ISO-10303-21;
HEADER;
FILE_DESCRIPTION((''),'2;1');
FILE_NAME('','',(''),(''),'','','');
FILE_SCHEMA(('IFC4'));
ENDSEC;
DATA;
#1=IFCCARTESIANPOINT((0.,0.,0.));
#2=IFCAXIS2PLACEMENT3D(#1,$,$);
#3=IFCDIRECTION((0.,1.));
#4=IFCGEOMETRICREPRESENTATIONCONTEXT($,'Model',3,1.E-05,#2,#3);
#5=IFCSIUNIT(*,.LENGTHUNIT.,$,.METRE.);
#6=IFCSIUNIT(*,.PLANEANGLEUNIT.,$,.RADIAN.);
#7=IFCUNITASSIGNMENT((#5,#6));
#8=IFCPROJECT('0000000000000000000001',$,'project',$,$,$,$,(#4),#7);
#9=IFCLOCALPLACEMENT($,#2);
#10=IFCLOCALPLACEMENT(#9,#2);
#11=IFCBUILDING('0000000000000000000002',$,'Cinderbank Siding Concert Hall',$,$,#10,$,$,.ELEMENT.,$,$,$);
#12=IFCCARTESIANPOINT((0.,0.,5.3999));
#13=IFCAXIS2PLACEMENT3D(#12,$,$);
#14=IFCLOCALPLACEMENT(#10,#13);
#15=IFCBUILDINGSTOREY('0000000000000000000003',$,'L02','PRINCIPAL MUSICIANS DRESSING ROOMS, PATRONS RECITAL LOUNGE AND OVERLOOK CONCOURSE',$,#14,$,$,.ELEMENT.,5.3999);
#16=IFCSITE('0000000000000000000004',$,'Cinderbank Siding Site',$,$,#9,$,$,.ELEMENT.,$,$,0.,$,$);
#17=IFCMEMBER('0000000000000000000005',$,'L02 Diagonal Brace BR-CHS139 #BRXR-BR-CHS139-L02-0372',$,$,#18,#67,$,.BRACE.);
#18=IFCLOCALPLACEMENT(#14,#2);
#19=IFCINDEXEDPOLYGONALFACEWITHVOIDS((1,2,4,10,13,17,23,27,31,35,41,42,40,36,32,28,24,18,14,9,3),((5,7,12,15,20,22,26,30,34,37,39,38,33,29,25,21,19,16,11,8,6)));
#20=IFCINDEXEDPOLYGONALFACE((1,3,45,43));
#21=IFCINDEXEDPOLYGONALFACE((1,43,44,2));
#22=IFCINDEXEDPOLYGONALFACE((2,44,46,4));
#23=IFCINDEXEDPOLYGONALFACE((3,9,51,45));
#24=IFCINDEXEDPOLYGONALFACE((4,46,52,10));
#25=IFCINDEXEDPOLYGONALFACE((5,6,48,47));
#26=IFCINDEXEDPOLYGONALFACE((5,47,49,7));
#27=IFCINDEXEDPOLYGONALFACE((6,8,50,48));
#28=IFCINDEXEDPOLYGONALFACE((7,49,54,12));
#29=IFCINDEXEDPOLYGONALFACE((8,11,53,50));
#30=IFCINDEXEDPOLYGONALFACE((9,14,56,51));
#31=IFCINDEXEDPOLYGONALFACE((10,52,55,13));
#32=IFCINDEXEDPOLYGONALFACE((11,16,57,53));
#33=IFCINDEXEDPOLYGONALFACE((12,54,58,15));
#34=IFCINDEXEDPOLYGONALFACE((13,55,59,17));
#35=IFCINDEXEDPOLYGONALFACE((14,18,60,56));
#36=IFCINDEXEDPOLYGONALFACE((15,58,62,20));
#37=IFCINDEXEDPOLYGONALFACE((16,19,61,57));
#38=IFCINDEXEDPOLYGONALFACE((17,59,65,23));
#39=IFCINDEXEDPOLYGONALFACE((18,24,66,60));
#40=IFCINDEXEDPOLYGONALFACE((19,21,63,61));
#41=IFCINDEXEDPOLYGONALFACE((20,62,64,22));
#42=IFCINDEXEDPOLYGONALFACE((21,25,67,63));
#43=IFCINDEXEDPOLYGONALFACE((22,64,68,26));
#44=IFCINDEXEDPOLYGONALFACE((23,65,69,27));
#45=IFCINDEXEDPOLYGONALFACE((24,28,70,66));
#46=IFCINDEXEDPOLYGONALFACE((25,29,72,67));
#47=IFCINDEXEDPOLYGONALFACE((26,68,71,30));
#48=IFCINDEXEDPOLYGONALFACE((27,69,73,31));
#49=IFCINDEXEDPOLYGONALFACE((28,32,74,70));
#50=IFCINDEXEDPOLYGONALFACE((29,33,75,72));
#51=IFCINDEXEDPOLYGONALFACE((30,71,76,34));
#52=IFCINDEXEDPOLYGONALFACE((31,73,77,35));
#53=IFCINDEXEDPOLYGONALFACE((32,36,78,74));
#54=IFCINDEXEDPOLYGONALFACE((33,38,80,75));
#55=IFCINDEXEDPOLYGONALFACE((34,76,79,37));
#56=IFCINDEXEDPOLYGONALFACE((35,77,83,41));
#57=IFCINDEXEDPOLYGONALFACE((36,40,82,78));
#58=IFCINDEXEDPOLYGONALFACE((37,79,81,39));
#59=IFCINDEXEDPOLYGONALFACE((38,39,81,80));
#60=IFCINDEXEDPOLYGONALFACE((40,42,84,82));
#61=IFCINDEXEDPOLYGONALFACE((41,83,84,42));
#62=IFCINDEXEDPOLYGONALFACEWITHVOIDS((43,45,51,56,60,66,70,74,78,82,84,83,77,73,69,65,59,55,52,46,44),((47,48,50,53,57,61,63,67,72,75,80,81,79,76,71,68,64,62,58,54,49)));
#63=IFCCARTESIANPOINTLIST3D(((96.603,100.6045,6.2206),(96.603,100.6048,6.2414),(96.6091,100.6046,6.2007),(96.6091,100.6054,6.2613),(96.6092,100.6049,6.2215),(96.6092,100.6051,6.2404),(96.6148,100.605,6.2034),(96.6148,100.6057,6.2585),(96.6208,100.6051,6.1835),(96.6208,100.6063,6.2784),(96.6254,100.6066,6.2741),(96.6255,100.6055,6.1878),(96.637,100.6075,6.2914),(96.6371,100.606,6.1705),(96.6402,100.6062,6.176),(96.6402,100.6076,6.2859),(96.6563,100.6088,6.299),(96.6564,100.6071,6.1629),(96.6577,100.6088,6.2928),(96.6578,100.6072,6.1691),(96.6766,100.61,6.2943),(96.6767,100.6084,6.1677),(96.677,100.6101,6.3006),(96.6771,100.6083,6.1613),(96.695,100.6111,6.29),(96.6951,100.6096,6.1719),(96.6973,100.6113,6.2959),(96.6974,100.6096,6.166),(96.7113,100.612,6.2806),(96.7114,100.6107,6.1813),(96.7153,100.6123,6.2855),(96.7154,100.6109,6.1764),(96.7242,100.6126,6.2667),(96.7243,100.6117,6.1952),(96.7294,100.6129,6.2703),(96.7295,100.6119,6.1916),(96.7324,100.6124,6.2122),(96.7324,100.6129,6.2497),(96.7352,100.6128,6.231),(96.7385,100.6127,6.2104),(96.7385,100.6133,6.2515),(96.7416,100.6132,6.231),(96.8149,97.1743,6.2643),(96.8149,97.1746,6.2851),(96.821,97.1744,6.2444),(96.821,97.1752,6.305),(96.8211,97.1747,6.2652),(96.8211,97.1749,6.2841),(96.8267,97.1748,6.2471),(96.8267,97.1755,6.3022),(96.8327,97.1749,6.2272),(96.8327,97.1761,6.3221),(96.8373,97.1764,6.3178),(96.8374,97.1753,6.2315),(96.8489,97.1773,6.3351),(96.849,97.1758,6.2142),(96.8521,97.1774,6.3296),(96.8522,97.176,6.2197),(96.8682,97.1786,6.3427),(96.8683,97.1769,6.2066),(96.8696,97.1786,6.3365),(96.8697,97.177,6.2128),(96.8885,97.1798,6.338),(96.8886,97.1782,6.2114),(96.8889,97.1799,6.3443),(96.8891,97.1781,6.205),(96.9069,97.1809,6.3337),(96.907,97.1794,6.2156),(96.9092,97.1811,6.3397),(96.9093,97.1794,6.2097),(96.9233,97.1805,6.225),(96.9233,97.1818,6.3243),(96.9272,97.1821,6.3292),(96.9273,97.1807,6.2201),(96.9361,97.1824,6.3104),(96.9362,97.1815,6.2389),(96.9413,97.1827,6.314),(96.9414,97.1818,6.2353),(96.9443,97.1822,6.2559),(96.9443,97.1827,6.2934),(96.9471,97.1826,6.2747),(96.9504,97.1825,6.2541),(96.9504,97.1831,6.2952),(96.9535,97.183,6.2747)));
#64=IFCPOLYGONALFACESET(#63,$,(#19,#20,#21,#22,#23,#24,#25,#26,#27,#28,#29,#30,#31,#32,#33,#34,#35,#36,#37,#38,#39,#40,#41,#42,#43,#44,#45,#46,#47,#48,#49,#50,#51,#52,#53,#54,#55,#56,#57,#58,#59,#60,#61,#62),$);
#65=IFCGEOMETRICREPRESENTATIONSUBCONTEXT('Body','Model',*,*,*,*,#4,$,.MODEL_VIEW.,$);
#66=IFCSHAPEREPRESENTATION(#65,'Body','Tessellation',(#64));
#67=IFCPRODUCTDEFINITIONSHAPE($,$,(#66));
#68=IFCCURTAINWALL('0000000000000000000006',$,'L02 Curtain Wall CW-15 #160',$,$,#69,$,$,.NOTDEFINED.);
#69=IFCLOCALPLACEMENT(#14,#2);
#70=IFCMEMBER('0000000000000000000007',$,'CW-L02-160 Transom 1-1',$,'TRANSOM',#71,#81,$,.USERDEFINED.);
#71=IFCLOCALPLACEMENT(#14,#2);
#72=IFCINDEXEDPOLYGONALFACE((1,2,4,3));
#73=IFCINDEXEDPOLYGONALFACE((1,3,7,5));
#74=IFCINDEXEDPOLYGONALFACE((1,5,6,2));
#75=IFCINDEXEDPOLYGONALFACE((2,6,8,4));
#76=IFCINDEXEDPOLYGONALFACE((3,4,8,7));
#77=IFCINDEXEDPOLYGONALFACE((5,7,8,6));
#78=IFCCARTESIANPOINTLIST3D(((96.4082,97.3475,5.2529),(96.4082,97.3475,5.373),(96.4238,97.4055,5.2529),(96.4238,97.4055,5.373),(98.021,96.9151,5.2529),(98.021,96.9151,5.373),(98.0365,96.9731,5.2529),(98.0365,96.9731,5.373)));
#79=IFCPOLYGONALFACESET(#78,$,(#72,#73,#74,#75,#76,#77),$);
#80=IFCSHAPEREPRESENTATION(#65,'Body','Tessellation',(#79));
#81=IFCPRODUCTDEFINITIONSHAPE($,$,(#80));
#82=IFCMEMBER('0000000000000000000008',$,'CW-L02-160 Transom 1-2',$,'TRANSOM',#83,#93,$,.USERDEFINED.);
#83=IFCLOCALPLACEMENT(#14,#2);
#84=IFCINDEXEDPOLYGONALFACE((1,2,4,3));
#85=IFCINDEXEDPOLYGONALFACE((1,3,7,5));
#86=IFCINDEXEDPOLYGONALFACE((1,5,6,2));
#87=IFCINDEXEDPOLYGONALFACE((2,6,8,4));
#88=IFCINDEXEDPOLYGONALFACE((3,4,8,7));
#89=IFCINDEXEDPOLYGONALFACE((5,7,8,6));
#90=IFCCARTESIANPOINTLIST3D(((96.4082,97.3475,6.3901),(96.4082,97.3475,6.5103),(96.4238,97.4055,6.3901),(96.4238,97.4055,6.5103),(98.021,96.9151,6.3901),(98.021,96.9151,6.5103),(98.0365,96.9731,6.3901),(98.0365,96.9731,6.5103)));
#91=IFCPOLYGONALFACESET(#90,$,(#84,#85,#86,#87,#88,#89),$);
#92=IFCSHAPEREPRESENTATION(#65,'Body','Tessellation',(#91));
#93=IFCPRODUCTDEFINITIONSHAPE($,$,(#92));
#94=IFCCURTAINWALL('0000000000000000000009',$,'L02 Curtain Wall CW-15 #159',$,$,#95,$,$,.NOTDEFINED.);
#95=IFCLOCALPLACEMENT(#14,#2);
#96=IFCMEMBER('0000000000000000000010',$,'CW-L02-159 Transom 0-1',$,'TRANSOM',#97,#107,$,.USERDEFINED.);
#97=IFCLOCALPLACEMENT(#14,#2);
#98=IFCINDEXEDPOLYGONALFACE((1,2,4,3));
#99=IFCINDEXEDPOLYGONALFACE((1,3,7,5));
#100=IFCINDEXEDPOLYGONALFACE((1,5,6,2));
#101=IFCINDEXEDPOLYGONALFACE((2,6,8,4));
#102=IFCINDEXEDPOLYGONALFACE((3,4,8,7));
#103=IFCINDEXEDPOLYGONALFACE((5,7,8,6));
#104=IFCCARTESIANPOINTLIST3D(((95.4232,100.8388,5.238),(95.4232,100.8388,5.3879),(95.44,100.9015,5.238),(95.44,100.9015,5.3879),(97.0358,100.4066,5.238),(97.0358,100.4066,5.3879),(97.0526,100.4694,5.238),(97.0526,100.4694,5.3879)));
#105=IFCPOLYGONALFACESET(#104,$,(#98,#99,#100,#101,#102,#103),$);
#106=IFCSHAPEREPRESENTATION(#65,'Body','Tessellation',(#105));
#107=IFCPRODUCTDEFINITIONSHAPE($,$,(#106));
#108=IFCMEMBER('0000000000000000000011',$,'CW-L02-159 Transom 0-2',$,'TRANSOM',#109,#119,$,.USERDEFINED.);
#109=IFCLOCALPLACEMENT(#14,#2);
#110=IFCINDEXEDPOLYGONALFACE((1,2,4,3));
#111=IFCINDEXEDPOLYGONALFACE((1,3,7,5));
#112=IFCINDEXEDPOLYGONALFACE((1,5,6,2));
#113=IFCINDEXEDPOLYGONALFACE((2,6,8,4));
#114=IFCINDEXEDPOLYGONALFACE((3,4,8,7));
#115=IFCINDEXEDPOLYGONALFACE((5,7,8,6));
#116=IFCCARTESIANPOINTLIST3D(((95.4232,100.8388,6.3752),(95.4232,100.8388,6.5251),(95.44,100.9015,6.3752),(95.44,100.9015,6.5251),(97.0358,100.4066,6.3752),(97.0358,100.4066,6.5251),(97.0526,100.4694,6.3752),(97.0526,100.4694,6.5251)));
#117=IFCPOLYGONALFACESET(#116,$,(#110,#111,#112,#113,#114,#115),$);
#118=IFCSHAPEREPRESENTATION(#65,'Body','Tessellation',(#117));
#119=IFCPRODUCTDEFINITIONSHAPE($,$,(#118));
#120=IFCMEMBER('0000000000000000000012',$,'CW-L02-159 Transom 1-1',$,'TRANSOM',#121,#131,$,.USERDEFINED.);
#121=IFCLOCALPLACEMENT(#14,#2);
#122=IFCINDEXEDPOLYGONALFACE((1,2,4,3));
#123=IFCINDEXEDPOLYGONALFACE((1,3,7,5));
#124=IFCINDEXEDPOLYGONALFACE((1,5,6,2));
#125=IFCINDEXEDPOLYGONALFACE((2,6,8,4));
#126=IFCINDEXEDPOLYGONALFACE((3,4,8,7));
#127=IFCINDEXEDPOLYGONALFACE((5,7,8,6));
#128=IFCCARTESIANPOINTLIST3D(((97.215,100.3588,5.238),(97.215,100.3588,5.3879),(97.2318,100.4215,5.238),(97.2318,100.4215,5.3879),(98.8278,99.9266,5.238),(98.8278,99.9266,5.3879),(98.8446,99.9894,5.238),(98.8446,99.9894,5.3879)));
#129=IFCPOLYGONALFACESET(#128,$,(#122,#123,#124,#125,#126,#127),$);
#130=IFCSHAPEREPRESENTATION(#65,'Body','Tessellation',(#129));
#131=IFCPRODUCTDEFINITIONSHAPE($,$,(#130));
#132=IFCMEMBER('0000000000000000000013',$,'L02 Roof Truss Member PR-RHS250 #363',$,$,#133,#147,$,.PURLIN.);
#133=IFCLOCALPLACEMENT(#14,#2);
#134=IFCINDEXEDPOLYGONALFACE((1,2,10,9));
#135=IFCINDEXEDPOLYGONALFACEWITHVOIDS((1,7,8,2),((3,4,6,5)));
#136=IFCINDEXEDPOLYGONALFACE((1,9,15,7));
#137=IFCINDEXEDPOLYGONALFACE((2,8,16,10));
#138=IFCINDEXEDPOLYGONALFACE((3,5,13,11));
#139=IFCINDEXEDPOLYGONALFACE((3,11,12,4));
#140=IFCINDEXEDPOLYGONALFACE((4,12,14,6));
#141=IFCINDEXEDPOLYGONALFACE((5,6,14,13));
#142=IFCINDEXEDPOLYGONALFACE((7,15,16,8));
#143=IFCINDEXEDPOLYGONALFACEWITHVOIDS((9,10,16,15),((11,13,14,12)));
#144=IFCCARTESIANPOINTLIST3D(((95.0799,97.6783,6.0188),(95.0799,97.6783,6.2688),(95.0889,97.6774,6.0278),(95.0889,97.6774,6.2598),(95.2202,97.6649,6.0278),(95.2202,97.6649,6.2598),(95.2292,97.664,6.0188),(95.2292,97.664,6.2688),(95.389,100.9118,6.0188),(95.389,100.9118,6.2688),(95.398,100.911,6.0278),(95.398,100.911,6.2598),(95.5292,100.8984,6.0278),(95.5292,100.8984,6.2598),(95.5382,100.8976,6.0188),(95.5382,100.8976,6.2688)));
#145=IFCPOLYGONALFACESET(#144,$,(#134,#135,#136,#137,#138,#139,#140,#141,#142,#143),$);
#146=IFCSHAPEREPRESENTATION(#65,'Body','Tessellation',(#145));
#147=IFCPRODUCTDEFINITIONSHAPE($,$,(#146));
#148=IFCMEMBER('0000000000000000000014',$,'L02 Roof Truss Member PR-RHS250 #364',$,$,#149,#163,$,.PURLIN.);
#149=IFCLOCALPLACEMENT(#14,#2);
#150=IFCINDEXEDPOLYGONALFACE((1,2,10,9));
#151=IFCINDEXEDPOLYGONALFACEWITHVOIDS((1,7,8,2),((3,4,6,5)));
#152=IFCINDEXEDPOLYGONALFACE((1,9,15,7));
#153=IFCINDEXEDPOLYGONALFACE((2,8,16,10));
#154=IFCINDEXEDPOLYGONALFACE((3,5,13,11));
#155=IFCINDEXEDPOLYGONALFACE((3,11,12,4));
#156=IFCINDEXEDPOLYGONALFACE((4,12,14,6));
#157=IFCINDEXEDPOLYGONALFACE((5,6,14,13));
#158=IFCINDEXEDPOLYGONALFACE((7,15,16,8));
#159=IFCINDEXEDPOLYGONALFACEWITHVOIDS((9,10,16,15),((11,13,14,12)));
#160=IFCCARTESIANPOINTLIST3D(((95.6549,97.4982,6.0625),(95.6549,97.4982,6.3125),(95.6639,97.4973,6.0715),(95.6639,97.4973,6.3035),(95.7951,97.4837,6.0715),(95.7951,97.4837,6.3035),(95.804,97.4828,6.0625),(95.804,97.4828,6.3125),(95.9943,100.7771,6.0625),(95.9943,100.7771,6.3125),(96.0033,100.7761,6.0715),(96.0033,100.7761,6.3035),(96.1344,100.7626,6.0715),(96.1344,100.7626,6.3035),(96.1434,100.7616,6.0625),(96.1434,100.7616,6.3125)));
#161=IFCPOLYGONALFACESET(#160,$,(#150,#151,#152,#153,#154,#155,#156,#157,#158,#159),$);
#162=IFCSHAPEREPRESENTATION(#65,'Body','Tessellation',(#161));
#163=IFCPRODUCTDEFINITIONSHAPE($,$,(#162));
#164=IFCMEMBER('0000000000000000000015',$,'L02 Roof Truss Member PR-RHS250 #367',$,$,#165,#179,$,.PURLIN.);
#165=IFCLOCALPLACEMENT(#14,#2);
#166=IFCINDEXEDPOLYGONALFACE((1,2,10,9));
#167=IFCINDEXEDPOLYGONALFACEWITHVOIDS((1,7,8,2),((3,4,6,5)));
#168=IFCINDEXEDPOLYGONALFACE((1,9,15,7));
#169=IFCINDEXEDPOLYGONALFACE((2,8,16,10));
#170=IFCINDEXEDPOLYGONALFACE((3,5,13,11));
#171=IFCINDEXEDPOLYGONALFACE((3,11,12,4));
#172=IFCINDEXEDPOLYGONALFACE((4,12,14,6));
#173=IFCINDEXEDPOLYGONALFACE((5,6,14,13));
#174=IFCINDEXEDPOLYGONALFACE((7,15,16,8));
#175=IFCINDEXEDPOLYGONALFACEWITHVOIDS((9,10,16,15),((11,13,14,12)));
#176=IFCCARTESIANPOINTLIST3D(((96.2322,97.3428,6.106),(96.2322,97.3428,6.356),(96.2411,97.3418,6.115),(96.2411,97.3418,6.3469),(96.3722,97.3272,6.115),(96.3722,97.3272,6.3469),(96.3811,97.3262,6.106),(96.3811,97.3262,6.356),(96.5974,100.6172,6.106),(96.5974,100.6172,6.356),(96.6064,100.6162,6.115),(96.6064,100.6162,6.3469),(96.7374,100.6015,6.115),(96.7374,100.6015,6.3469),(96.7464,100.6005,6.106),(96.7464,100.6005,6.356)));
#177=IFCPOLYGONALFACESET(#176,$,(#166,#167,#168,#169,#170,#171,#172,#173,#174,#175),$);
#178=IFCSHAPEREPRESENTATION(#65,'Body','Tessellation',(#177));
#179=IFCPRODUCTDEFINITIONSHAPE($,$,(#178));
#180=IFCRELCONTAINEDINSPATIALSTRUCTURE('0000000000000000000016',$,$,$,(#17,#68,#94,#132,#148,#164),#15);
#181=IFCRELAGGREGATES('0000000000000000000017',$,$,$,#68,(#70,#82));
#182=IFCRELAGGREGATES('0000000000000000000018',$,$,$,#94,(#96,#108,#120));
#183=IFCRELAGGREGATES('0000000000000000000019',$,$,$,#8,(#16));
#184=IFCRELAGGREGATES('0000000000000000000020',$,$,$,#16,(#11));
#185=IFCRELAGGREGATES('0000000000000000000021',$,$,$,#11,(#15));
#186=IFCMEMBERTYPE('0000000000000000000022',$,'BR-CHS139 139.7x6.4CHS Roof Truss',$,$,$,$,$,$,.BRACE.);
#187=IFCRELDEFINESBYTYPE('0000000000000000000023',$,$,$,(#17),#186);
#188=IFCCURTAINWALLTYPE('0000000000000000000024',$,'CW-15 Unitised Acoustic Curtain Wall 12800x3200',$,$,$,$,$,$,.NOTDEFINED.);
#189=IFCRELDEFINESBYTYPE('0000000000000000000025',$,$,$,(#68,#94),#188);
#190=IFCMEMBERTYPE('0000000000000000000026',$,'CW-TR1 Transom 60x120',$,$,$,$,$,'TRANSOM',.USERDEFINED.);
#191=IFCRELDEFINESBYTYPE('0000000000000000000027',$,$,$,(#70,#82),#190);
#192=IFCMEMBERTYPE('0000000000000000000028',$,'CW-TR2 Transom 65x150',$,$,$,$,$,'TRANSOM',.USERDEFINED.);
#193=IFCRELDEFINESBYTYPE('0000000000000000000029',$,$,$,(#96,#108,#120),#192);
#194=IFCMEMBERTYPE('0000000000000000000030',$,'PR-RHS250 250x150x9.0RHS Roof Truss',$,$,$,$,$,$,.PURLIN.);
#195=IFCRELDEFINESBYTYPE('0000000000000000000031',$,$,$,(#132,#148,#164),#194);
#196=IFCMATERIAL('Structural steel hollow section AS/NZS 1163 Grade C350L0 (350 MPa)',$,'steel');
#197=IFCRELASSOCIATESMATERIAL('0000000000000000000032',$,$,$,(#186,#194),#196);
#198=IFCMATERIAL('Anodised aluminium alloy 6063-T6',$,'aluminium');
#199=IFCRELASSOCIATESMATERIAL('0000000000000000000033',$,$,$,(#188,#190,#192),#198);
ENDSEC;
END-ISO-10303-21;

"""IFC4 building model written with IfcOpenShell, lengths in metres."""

from ifc_helpers import new_model, si_unit, direction, frame, origin, origin_2d, place, context, subcontext, project, spatial, rectangle, hollow_rectangle, hollow_circle, extrude, material, material_profile, profile_set, type_object, element, aggregate, save


model = new_model("IFC4")

# Units and contexts
model_context = context("Model", 3, precision=1e-05, world=origin(), true_north=direction((0.0, 1.0)))
body_context = subcontext(model_context, "Body", "Model", "MODEL_VIEW")
ifc_project = project(units=[si_unit("LENGTHUNIT", "METRE"), si_unit("PLANEANGLEUNIT", "RADIAN")], contexts=[model_context])

# Site, building, storey
site_placement = place(None, origin())
site = spatial("IfcSite", under=ifc_project, at=site_placement, Name="Cinderbank Siding Site", CompositionType="ELEMENT", RefElevation=0.0)
building_placement = place(site_placement, origin())
building = spatial("IfcBuilding", under=site, at=building_placement, Name="Cinderbank Siding Concert Hall", CompositionType="ELEMENT")
storey_placement = place(building_placement, frame((0.0, 0.0, 5.3999)))
storey = spatial("IfcBuildingStorey", under=building, at=storey_placement, Name="L02", Description="PRINCIPAL MUSICIANS DRESSING ROOMS, PATRONS RECITAL LOUNGE AND OVERLOOK CONCOURSE", CompositionType="ELEMENT", Elevation=5.3999)

# Member
ifc_material_1 = material(Name="Structural steel hollow section AS/NZS 1163 Grade C350L0 (350 MPa)", Category="steel")
ifc_material_profile_1 = material_profile(ifc_material_1, hollow_circle(Radius=0.0698, WallThickness=0.0063, at=origin_2d()), Name="139.7x6.4CHS", Category="LoadBearing")
ifc_profile_set_1 = profile_set([ifc_material_profile_1], Name="Structural steel hollow section AS/NZS 1163 Grade C350L0 (350 MPa)")
member_type_1 = type_object("IfcMemberType", Name="BR-CHS139 139.7x6.4CHS Roof Truss", PredefinedType="BRACE", material=ifc_profile_set_1)
member_1_placement = place(storey_placement, frame((96.6719, 100.6089, 6.231), z_axis=(0.061657, -0.998016, 0.012715), x_axis=(0.998097, 0.061662, 0.0)))
element("IfcMember", 1, at=member_1_placement, inside=storey, type_object=member_type_1, Name="L02 Diagonal Brace BR-CHS139 #BRXR-BR-CHS139-L02-0372", PredefinedType="BRACE", context=body_context, shape_type="SweptSolid", body=[
    extrude(hollow_circle(Radius=0.0698, WallThickness=0.0063, at=origin_2d()), origin(), (0.0, 0.0, 1.0), 3.437),
])

# Curtain walls, members
ifc_material_2 = material(Name="Anodised aluminium alloy 6063-T6", Category="aluminium")
curtain_wall_type = type_object("IfcCurtainWallType", Name="CW-15 Unitised Acoustic Curtain Wall 12800x3200", PredefinedType="NOTDEFINED", material=ifc_material_2)
curtain_wall_1_placement = place(storey_placement, origin())
curtain_wall_1 = element("IfcCurtainWall", 2, at=curtain_wall_1_placement, inside=storey, type_object=curtain_wall_type, Name="L02 Curtain Wall CW-15 #160", PredefinedType="NOTDEFINED")
ifc_material_profile_2 = material_profile(ifc_material_2, rectangle(XDim=0.0601, YDim=0.1201, at=origin_2d()), Name="ALU-TRAN-60x120", Category="LoadBearing")
ifc_profile_set_2 = profile_set([ifc_material_profile_2], Name="Anodised aluminium alloy 6063-T6")
member_type_2 = type_object("IfcMemberType", Name="CW-TR1 Transom 60x120", ElementType="TRANSOM", PredefinedType="USERDEFINED", material=ifc_profile_set_2)
member_2_placement = place(storey_placement, frame((96.416, 97.3765, 5.313), z_axis=(0.965892, -0.258946, 0.0), x_axis=(0.258946, 0.965892, 0.0)))
member_2 = element("IfcMember", 3, at=member_2_placement, type_object=member_type_2, Name="CW-L02-160 Transom 1-1", ObjectType="TRANSOM", PredefinedType="USERDEFINED", context=body_context, shape_type="SweptSolid", body=[
    extrude(rectangle(XDim=0.0601, YDim=0.1201, at=origin_2d()), origin(), (0.0, 0.0, 1.0), 1.6697),
])
member_3_placement = place(storey_placement, frame((96.416, 97.3765, 6.4502), z_axis=(0.965892, -0.258946, 0.0), x_axis=(0.258946, 0.965892, 0.0)))
member_3 = element("IfcMember", 4, at=member_3_placement, type_object=member_type_2, Name="CW-L02-160 Transom 1-2", ObjectType="TRANSOM", PredefinedType="USERDEFINED", context=body_context, shape_type="SweptSolid", body=[
    extrude(rectangle(XDim=0.0601, YDim=0.1201, at=origin_2d()), origin(), (0.0, 0.0, 1.0), 1.6697),
])
curtain_wall_2_placement = place(storey_placement, origin())
curtain_wall_2 = element("IfcCurtainWall", 5, at=curtain_wall_2_placement, inside=storey, type_object=curtain_wall_type, Name="L02 Curtain Wall CW-15 #159", PredefinedType="NOTDEFINED")
ifc_material_profile_3 = material_profile(ifc_material_2, rectangle(XDim=0.0649, YDim=0.1499, at=origin_2d()), Name="ALU-TRAN-65x150", Category="LoadBearing")
ifc_profile_set_3 = profile_set([ifc_material_profile_3], Name="Anodised aluminium alloy 6063-T6")
member_type_3 = type_object("IfcMemberType", Name="CW-TR2 Transom 65x150", ElementType="TRANSOM", PredefinedType="USERDEFINED", material=ifc_profile_set_3)
member_4_placement = place(storey_placement, frame((95.4316, 100.8701, 5.313), z_axis=(0.965919, -0.258846, 0.0), x_axis=(0.258846, 0.965919, 0.0)))
member_4 = element("IfcMember", 6, at=member_4_placement, type_object=member_type_3, Name="CW-L02-159 Transom 0-1", ObjectType="TRANSOM", PredefinedType="USERDEFINED", context=body_context, shape_type="SweptSolid", body=[
    extrude(rectangle(XDim=0.0649, YDim=0.1499, at=origin_2d()), origin(), (0.0, 0.0, 1.0), 1.6694),
])
member_5_placement = place(storey_placement, frame((95.4316, 100.8701, 6.4502), z_axis=(0.965919, -0.258846, 0.0), x_axis=(0.258846, 0.965919, 0.0)))
member_5 = element("IfcMember", 7, at=member_5_placement, type_object=member_type_3, Name="CW-L02-159 Transom 0-2", ObjectType="TRANSOM", PredefinedType="USERDEFINED", context=body_context, shape_type="SweptSolid", body=[
    extrude(rectangle(XDim=0.0649, YDim=0.1499, at=origin_2d()), origin(), (0.0, 0.0, 1.0), 1.6694),
])
member_6_placement = place(storey_placement, frame((97.2234, 100.3901, 5.313), z_axis=(0.965928, -0.258809, 0.0), x_axis=(0.258809, 0.965928, 0.0)))
member_6 = element("IfcMember", 8, at=member_6_placement, type_object=member_type_3, Name="CW-L02-159 Transom 1-1", ObjectType="TRANSOM", PredefinedType="USERDEFINED", context=body_context, shape_type="SweptSolid", body=[
    extrude(rectangle(XDim=0.0649, YDim=0.1499, at=origin_2d()), origin(), (0.0, 0.0, 1.0), 1.6697),
])

# Members
ifc_material_profile_4 = material_profile(ifc_material_1, hollow_rectangle(XDim=0.1499, YDim=0.25, WallThickness=0.009, at=origin_2d()), Name="250x150x9.0RHS", Category="LoadBearing")
ifc_profile_set_4 = profile_set([ifc_material_profile_4], Name="Structural steel hollow section AS/NZS 1163 Grade C350L0 (350 MPa)")
member_type_4 = type_object("IfcMemberType", Name="PR-RHS250 250x150x9.0RHS Roof Truss", PredefinedType="PURLIN", material=ifc_profile_set_4)
member_7_placement = place(storey_placement, frame((95.1545, 97.6711, 6.1438), z_axis=(0.09515, 0.995463, 0.0), x_axis=(-0.995463, 0.09515, 0.0)))
element("IfcMember", 9, at=member_7_placement, inside=storey, type_object=member_type_4, Name="L02 Roof Truss Member PR-RHS250 #363", PredefinedType="PURLIN", context=body_context, shape_type="SweptSolid", body=[
    extrude(hollow_rectangle(XDim=0.1499, YDim=0.25, WallThickness=0.009, at=origin_2d()), origin(), (0.0, 0.0, 1.0), 3.2483),
])
member_8_placement = place(storey_placement, frame((95.7295, 97.4905, 6.1875), z_axis=(0.10295, 0.994687, 0.0), x_axis=(-0.994687, 0.10295, 0.0)))
element("IfcMember", 10, at=member_8_placement, inside=storey, type_object=member_type_4, Name="L02 Roof Truss Member PR-RHS250 #364", PredefinedType="PURLIN", context=body_context, shape_type="SweptSolid", body=[
    extrude(hollow_rectangle(XDim=0.1499, YDim=0.25, WallThickness=0.009, at=origin_2d()), origin(), (0.0, 0.0, 1.0), 3.2964),
])
member_9_placement = place(storey_placement, frame((96.3066, 97.3345, 6.231), z_axis=(0.110854, 0.993837, 0.0), x_axis=(-0.993837, 0.110854, 0.0)))
element("IfcMember", 11, at=member_9_placement, inside=storey, type_object=member_type_4, Name="L02 Roof Truss Member PR-RHS250 #367", PredefinedType="PURLIN", context=body_context, shape_type="SweptSolid", body=[
    extrude(hollow_rectangle(XDim=0.1499, YDim=0.25, WallThickness=0.009, at=origin_2d()), origin(), (0.0, 0.0, 1.0), 3.2947),
])

aggregate(curtain_wall_1, [member_2, member_3])
aggregate(curtain_wall_2, [member_4, member_5, member_6])

save(model, "model.ifc")
